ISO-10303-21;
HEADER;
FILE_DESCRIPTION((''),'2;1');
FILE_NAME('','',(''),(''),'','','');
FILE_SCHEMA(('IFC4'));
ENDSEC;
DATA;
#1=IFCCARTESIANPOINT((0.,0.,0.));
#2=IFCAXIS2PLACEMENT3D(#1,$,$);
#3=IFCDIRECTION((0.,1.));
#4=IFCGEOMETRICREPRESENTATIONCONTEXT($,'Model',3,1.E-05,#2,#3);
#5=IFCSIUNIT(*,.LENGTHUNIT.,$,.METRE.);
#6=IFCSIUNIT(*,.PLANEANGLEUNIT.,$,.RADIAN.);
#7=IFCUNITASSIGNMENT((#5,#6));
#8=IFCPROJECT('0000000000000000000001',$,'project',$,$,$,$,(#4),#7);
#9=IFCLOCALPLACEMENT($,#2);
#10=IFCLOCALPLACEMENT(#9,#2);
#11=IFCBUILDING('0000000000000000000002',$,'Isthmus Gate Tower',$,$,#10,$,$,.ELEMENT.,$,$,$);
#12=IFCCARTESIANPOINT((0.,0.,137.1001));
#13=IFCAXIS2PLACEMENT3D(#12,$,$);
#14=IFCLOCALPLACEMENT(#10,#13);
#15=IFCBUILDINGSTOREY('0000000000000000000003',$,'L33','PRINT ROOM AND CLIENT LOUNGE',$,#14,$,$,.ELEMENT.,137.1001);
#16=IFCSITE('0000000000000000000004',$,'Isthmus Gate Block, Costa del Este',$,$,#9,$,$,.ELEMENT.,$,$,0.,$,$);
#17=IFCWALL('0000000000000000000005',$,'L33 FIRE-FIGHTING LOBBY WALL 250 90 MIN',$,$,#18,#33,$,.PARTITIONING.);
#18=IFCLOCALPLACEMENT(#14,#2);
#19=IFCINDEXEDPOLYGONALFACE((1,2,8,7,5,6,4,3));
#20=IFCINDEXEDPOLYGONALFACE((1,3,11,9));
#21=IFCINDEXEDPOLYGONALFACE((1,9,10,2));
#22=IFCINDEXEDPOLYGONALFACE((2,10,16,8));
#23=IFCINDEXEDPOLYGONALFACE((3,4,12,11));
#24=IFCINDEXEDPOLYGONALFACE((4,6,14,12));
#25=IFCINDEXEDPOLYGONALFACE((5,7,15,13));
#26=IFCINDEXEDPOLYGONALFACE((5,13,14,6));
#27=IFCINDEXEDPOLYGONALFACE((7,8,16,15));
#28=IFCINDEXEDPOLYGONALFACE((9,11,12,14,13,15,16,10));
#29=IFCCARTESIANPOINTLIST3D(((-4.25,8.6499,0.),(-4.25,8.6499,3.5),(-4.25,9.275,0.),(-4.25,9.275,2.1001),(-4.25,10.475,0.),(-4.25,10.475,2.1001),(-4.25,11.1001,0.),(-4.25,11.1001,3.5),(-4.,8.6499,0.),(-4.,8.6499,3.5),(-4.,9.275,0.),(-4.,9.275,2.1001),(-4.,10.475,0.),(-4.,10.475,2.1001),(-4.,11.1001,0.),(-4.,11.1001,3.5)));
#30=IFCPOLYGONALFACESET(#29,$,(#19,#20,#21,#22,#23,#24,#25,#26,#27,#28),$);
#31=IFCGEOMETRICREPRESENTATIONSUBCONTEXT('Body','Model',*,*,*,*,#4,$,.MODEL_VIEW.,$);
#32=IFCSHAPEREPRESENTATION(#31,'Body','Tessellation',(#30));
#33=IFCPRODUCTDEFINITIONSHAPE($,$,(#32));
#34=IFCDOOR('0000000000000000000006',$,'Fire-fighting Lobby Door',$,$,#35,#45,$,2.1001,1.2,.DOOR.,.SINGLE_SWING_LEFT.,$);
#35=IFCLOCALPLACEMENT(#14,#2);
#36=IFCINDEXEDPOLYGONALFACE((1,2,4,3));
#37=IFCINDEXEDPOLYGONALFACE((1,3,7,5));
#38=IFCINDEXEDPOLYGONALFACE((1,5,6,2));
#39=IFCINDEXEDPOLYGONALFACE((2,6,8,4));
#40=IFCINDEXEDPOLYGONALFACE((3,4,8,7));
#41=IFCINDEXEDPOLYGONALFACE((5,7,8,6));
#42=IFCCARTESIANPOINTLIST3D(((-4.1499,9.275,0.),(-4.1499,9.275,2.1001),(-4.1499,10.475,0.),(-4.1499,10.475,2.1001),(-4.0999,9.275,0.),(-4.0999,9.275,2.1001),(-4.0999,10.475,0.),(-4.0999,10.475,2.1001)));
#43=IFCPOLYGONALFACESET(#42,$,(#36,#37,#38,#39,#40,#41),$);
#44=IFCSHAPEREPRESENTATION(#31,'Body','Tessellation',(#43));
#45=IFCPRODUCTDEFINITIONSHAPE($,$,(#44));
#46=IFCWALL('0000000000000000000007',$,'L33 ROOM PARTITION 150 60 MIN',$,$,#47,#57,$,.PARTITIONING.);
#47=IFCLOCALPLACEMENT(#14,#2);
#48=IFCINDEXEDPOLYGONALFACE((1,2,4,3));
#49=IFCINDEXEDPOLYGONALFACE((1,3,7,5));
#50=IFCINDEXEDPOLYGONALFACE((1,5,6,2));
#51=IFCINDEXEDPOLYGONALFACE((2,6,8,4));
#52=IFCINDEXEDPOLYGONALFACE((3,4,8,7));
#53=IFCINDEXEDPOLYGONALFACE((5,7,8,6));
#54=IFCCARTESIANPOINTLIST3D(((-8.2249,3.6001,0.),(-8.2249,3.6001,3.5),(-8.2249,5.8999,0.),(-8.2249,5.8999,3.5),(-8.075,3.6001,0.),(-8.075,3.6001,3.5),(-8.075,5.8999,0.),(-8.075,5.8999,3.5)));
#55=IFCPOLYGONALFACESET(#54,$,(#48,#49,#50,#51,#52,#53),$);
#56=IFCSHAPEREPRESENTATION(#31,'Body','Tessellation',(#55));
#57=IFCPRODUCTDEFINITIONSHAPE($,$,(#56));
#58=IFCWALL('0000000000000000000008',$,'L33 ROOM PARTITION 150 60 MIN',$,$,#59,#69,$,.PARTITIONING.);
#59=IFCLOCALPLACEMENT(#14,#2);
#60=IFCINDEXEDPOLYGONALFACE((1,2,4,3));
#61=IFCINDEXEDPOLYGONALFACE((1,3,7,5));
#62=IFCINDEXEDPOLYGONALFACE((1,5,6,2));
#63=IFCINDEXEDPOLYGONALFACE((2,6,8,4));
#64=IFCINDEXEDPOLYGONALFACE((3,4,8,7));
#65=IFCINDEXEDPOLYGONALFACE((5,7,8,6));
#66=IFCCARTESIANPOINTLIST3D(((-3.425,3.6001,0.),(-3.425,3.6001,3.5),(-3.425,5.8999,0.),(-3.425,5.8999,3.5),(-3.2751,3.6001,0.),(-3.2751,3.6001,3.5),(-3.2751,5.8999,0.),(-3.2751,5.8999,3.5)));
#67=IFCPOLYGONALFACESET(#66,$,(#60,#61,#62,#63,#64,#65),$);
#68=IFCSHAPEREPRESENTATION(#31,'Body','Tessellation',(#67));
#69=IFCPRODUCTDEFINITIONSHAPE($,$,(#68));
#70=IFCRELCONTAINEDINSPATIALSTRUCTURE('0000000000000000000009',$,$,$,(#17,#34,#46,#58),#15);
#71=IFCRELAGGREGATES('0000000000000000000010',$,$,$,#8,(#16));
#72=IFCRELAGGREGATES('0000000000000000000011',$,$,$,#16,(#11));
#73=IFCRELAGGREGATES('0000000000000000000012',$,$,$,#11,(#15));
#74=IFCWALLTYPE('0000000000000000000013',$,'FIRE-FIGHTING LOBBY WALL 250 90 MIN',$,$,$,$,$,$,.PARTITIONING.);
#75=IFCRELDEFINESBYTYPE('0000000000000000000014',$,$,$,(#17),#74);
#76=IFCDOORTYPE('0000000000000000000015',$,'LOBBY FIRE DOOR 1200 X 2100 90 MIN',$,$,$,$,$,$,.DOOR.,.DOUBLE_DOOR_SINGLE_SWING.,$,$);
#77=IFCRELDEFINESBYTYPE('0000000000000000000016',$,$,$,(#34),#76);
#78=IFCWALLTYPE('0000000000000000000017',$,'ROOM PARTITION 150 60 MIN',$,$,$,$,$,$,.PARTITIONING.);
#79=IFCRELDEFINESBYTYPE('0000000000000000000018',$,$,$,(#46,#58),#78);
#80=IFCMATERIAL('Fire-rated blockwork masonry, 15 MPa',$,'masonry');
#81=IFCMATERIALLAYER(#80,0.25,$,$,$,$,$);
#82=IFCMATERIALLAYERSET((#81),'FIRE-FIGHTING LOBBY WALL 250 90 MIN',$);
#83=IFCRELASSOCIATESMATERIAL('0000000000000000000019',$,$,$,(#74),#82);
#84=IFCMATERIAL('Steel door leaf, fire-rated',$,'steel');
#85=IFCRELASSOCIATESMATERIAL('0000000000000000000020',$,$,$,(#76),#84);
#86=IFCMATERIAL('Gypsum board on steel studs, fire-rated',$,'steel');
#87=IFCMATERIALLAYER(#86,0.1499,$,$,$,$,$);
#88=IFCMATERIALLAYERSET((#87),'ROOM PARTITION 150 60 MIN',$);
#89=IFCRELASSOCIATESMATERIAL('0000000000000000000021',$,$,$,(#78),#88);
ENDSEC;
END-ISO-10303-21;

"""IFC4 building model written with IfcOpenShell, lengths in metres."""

from ifc_helpers import new_model, si_unit, direction, frame, frame_2d, origin, place, context, subcontext, project, spatial, rectangle, extrude, material, layer, layer_set, type_object, element, fill, save


model = new_model("IFC4")

# Units and contexts
model_context = context("Model", 3, precision=1e-05, world=origin(), true_north=direction((0.0, 1.0)))
body_context = subcontext(model_context, "Body", "Model", "MODEL_VIEW")
ifc_project = project(units=[si_unit("LENGTHUNIT", "METRE"), si_unit("PLANEANGLEUNIT", "RADIAN")], contexts=[model_context])

# Site, building, storey
site_placement = place(None, origin())
site = spatial("IfcSite", under=ifc_project, at=site_placement, Name="Isthmus Gate Block, Costa del Este", CompositionType="ELEMENT", RefElevation=0.0)
building_placement = place(site_placement, origin())
building = spatial("IfcBuilding", under=site, at=building_placement, Name="Isthmus Gate Tower", CompositionType="ELEMENT")
storey_placement = place(building_placement, frame((0.0, 0.0, 137.1001)))
storey = spatial("IfcBuildingStorey", under=building, at=storey_placement, Name="L33", Description="PRINT ROOM AND CLIENT LOUNGE", CompositionType="ELEMENT", Elevation=137.1001)

# Wall, opening, door
ifc_material_1 = material(Name="Fire-rated blockwork masonry, 15 MPa", Category="masonry")
ifc_layer_1 = layer(ifc_material_1, 0.25)
ifc_layer_set_1 = layer_set([ifc_layer_1], Name="FIRE-FIGHTING LOBBY WALL 250 90 MIN")
wall_type_1 = type_object("IfcWallType", Name="FIRE-FIGHTING LOBBY WALL 250 90 MIN", PredefinedType="PARTITIONING", material=ifc_layer_set_1)
wall_1_placement = place(storey_placement, frame((-4.125, 8.6499, 0.0), z_axis=(0.0, 0.0, 1.0), x_axis=(0.0, 1.0, 0.0)))
wall_1 = element("IfcWall", 1, at=wall_1_placement, inside=storey, type_object=wall_type_1, Name="L33 FIRE-FIGHTING LOBBY WALL 250 90 MIN", PredefinedType="PARTITIONING", context=body_context, shape_type="SweptSolid", body=[
    extrude(rectangle(XDim=2.4502, YDim=0.25, at=frame_2d((1.2251, 0.0))), origin(), (0.0, 0.0, 1.0), 3.5),
])
opening_1_placement = place(wall_1_placement, frame((0.625, 0.0, 0.0)))
opening_1 = element("IfcOpeningElement", 2, at=opening_1_placement, cuts=wall_1, PredefinedType="OPENING", context=body_context, shape_type="SweptSolid", body=[
    extrude(rectangle(XDim=1.2, YDim=2.1001, at=frame_2d((0.6001, 1.05))), frame((0.0, 0.135, 0.0), z_axis=(0.0, -1.0, 0.0), x_axis=(1.0, 0.0, 0.0)), (0.0, 0.0, 1.0), 0.27),
])
ifc_material_2 = material(Name="Steel door leaf, fire-rated", Category="steel")
door_type_1 = type_object("IfcDoorType", Name="LOBBY FIRE DOOR 1200 X 2100 90 MIN", OperationType="DOUBLE_DOOR_SINGLE_SWING", PredefinedType="DOOR", material=ifc_material_2)
door_1_placement = place(opening_1_placement, origin())
door_1 = element("IfcDoor", 3, at=door_1_placement, inside=storey, type_object=door_type_1, Name="Fire-fighting Lobby Door", OperationType="SINGLE_SWING_LEFT", OverallHeight=2.1001, OverallWidth=1.2, PredefinedType="DOOR", context=body_context, shape_type="SweptSolid", body=[
    extrude(rectangle(XDim=1.2, YDim=2.1001, at=frame_2d((0.6001, 1.05))), frame((0.0, 0.0249, 0.0), z_axis=(0.0, -1.0, 0.0), x_axis=(1.0, 0.0, 0.0)), (0.0, 0.0, 1.0), 0.05),
])
fill(opening_1, door_1)

# Walls
ifc_material_3 = material(Name="Gypsum board on steel studs, fire-rated", Category="steel")
ifc_layer_2 = layer(ifc_material_3, 0.1499)
ifc_layer_set_2 = layer_set([ifc_layer_2], Name="ROOM PARTITION 150 60 MIN")
wall_type_2 = type_object("IfcWallType", Name="ROOM PARTITION 150 60 MIN", PredefinedType="PARTITIONING", material=ifc_layer_set_2)
for number, where, z_axis, x_axis, name in (
    (4, (-8.1499, 3.6001, 0.0), (0.0, 0.0, 1.0), (0.0, 1.0, 0.0), "L33 ROOM PARTITION 150 60 MIN"),
    (5, (-3.3501, 3.6001, 0.0), (0.0, 0.0, 1.0), (0.0, 1.0, 0.0), "L33 ROOM PARTITION 150 60 MIN"),
):
    element("IfcWall", number, at=place(storey_placement, frame(where, z_axis=z_axis, x_axis=x_axis)), inside=storey, type_object=wall_type_2, Name=name, PredefinedType="PARTITIONING", context=body_context, shape_type="SweptSolid", body=[
        extrude(rectangle(XDim=2.2998, YDim=0.1499, at=frame_2d((1.1499, 0.0))), origin(), (0.0, 0.0, 1.0), 3.5),
    ])

save(model, "model.ifc")
